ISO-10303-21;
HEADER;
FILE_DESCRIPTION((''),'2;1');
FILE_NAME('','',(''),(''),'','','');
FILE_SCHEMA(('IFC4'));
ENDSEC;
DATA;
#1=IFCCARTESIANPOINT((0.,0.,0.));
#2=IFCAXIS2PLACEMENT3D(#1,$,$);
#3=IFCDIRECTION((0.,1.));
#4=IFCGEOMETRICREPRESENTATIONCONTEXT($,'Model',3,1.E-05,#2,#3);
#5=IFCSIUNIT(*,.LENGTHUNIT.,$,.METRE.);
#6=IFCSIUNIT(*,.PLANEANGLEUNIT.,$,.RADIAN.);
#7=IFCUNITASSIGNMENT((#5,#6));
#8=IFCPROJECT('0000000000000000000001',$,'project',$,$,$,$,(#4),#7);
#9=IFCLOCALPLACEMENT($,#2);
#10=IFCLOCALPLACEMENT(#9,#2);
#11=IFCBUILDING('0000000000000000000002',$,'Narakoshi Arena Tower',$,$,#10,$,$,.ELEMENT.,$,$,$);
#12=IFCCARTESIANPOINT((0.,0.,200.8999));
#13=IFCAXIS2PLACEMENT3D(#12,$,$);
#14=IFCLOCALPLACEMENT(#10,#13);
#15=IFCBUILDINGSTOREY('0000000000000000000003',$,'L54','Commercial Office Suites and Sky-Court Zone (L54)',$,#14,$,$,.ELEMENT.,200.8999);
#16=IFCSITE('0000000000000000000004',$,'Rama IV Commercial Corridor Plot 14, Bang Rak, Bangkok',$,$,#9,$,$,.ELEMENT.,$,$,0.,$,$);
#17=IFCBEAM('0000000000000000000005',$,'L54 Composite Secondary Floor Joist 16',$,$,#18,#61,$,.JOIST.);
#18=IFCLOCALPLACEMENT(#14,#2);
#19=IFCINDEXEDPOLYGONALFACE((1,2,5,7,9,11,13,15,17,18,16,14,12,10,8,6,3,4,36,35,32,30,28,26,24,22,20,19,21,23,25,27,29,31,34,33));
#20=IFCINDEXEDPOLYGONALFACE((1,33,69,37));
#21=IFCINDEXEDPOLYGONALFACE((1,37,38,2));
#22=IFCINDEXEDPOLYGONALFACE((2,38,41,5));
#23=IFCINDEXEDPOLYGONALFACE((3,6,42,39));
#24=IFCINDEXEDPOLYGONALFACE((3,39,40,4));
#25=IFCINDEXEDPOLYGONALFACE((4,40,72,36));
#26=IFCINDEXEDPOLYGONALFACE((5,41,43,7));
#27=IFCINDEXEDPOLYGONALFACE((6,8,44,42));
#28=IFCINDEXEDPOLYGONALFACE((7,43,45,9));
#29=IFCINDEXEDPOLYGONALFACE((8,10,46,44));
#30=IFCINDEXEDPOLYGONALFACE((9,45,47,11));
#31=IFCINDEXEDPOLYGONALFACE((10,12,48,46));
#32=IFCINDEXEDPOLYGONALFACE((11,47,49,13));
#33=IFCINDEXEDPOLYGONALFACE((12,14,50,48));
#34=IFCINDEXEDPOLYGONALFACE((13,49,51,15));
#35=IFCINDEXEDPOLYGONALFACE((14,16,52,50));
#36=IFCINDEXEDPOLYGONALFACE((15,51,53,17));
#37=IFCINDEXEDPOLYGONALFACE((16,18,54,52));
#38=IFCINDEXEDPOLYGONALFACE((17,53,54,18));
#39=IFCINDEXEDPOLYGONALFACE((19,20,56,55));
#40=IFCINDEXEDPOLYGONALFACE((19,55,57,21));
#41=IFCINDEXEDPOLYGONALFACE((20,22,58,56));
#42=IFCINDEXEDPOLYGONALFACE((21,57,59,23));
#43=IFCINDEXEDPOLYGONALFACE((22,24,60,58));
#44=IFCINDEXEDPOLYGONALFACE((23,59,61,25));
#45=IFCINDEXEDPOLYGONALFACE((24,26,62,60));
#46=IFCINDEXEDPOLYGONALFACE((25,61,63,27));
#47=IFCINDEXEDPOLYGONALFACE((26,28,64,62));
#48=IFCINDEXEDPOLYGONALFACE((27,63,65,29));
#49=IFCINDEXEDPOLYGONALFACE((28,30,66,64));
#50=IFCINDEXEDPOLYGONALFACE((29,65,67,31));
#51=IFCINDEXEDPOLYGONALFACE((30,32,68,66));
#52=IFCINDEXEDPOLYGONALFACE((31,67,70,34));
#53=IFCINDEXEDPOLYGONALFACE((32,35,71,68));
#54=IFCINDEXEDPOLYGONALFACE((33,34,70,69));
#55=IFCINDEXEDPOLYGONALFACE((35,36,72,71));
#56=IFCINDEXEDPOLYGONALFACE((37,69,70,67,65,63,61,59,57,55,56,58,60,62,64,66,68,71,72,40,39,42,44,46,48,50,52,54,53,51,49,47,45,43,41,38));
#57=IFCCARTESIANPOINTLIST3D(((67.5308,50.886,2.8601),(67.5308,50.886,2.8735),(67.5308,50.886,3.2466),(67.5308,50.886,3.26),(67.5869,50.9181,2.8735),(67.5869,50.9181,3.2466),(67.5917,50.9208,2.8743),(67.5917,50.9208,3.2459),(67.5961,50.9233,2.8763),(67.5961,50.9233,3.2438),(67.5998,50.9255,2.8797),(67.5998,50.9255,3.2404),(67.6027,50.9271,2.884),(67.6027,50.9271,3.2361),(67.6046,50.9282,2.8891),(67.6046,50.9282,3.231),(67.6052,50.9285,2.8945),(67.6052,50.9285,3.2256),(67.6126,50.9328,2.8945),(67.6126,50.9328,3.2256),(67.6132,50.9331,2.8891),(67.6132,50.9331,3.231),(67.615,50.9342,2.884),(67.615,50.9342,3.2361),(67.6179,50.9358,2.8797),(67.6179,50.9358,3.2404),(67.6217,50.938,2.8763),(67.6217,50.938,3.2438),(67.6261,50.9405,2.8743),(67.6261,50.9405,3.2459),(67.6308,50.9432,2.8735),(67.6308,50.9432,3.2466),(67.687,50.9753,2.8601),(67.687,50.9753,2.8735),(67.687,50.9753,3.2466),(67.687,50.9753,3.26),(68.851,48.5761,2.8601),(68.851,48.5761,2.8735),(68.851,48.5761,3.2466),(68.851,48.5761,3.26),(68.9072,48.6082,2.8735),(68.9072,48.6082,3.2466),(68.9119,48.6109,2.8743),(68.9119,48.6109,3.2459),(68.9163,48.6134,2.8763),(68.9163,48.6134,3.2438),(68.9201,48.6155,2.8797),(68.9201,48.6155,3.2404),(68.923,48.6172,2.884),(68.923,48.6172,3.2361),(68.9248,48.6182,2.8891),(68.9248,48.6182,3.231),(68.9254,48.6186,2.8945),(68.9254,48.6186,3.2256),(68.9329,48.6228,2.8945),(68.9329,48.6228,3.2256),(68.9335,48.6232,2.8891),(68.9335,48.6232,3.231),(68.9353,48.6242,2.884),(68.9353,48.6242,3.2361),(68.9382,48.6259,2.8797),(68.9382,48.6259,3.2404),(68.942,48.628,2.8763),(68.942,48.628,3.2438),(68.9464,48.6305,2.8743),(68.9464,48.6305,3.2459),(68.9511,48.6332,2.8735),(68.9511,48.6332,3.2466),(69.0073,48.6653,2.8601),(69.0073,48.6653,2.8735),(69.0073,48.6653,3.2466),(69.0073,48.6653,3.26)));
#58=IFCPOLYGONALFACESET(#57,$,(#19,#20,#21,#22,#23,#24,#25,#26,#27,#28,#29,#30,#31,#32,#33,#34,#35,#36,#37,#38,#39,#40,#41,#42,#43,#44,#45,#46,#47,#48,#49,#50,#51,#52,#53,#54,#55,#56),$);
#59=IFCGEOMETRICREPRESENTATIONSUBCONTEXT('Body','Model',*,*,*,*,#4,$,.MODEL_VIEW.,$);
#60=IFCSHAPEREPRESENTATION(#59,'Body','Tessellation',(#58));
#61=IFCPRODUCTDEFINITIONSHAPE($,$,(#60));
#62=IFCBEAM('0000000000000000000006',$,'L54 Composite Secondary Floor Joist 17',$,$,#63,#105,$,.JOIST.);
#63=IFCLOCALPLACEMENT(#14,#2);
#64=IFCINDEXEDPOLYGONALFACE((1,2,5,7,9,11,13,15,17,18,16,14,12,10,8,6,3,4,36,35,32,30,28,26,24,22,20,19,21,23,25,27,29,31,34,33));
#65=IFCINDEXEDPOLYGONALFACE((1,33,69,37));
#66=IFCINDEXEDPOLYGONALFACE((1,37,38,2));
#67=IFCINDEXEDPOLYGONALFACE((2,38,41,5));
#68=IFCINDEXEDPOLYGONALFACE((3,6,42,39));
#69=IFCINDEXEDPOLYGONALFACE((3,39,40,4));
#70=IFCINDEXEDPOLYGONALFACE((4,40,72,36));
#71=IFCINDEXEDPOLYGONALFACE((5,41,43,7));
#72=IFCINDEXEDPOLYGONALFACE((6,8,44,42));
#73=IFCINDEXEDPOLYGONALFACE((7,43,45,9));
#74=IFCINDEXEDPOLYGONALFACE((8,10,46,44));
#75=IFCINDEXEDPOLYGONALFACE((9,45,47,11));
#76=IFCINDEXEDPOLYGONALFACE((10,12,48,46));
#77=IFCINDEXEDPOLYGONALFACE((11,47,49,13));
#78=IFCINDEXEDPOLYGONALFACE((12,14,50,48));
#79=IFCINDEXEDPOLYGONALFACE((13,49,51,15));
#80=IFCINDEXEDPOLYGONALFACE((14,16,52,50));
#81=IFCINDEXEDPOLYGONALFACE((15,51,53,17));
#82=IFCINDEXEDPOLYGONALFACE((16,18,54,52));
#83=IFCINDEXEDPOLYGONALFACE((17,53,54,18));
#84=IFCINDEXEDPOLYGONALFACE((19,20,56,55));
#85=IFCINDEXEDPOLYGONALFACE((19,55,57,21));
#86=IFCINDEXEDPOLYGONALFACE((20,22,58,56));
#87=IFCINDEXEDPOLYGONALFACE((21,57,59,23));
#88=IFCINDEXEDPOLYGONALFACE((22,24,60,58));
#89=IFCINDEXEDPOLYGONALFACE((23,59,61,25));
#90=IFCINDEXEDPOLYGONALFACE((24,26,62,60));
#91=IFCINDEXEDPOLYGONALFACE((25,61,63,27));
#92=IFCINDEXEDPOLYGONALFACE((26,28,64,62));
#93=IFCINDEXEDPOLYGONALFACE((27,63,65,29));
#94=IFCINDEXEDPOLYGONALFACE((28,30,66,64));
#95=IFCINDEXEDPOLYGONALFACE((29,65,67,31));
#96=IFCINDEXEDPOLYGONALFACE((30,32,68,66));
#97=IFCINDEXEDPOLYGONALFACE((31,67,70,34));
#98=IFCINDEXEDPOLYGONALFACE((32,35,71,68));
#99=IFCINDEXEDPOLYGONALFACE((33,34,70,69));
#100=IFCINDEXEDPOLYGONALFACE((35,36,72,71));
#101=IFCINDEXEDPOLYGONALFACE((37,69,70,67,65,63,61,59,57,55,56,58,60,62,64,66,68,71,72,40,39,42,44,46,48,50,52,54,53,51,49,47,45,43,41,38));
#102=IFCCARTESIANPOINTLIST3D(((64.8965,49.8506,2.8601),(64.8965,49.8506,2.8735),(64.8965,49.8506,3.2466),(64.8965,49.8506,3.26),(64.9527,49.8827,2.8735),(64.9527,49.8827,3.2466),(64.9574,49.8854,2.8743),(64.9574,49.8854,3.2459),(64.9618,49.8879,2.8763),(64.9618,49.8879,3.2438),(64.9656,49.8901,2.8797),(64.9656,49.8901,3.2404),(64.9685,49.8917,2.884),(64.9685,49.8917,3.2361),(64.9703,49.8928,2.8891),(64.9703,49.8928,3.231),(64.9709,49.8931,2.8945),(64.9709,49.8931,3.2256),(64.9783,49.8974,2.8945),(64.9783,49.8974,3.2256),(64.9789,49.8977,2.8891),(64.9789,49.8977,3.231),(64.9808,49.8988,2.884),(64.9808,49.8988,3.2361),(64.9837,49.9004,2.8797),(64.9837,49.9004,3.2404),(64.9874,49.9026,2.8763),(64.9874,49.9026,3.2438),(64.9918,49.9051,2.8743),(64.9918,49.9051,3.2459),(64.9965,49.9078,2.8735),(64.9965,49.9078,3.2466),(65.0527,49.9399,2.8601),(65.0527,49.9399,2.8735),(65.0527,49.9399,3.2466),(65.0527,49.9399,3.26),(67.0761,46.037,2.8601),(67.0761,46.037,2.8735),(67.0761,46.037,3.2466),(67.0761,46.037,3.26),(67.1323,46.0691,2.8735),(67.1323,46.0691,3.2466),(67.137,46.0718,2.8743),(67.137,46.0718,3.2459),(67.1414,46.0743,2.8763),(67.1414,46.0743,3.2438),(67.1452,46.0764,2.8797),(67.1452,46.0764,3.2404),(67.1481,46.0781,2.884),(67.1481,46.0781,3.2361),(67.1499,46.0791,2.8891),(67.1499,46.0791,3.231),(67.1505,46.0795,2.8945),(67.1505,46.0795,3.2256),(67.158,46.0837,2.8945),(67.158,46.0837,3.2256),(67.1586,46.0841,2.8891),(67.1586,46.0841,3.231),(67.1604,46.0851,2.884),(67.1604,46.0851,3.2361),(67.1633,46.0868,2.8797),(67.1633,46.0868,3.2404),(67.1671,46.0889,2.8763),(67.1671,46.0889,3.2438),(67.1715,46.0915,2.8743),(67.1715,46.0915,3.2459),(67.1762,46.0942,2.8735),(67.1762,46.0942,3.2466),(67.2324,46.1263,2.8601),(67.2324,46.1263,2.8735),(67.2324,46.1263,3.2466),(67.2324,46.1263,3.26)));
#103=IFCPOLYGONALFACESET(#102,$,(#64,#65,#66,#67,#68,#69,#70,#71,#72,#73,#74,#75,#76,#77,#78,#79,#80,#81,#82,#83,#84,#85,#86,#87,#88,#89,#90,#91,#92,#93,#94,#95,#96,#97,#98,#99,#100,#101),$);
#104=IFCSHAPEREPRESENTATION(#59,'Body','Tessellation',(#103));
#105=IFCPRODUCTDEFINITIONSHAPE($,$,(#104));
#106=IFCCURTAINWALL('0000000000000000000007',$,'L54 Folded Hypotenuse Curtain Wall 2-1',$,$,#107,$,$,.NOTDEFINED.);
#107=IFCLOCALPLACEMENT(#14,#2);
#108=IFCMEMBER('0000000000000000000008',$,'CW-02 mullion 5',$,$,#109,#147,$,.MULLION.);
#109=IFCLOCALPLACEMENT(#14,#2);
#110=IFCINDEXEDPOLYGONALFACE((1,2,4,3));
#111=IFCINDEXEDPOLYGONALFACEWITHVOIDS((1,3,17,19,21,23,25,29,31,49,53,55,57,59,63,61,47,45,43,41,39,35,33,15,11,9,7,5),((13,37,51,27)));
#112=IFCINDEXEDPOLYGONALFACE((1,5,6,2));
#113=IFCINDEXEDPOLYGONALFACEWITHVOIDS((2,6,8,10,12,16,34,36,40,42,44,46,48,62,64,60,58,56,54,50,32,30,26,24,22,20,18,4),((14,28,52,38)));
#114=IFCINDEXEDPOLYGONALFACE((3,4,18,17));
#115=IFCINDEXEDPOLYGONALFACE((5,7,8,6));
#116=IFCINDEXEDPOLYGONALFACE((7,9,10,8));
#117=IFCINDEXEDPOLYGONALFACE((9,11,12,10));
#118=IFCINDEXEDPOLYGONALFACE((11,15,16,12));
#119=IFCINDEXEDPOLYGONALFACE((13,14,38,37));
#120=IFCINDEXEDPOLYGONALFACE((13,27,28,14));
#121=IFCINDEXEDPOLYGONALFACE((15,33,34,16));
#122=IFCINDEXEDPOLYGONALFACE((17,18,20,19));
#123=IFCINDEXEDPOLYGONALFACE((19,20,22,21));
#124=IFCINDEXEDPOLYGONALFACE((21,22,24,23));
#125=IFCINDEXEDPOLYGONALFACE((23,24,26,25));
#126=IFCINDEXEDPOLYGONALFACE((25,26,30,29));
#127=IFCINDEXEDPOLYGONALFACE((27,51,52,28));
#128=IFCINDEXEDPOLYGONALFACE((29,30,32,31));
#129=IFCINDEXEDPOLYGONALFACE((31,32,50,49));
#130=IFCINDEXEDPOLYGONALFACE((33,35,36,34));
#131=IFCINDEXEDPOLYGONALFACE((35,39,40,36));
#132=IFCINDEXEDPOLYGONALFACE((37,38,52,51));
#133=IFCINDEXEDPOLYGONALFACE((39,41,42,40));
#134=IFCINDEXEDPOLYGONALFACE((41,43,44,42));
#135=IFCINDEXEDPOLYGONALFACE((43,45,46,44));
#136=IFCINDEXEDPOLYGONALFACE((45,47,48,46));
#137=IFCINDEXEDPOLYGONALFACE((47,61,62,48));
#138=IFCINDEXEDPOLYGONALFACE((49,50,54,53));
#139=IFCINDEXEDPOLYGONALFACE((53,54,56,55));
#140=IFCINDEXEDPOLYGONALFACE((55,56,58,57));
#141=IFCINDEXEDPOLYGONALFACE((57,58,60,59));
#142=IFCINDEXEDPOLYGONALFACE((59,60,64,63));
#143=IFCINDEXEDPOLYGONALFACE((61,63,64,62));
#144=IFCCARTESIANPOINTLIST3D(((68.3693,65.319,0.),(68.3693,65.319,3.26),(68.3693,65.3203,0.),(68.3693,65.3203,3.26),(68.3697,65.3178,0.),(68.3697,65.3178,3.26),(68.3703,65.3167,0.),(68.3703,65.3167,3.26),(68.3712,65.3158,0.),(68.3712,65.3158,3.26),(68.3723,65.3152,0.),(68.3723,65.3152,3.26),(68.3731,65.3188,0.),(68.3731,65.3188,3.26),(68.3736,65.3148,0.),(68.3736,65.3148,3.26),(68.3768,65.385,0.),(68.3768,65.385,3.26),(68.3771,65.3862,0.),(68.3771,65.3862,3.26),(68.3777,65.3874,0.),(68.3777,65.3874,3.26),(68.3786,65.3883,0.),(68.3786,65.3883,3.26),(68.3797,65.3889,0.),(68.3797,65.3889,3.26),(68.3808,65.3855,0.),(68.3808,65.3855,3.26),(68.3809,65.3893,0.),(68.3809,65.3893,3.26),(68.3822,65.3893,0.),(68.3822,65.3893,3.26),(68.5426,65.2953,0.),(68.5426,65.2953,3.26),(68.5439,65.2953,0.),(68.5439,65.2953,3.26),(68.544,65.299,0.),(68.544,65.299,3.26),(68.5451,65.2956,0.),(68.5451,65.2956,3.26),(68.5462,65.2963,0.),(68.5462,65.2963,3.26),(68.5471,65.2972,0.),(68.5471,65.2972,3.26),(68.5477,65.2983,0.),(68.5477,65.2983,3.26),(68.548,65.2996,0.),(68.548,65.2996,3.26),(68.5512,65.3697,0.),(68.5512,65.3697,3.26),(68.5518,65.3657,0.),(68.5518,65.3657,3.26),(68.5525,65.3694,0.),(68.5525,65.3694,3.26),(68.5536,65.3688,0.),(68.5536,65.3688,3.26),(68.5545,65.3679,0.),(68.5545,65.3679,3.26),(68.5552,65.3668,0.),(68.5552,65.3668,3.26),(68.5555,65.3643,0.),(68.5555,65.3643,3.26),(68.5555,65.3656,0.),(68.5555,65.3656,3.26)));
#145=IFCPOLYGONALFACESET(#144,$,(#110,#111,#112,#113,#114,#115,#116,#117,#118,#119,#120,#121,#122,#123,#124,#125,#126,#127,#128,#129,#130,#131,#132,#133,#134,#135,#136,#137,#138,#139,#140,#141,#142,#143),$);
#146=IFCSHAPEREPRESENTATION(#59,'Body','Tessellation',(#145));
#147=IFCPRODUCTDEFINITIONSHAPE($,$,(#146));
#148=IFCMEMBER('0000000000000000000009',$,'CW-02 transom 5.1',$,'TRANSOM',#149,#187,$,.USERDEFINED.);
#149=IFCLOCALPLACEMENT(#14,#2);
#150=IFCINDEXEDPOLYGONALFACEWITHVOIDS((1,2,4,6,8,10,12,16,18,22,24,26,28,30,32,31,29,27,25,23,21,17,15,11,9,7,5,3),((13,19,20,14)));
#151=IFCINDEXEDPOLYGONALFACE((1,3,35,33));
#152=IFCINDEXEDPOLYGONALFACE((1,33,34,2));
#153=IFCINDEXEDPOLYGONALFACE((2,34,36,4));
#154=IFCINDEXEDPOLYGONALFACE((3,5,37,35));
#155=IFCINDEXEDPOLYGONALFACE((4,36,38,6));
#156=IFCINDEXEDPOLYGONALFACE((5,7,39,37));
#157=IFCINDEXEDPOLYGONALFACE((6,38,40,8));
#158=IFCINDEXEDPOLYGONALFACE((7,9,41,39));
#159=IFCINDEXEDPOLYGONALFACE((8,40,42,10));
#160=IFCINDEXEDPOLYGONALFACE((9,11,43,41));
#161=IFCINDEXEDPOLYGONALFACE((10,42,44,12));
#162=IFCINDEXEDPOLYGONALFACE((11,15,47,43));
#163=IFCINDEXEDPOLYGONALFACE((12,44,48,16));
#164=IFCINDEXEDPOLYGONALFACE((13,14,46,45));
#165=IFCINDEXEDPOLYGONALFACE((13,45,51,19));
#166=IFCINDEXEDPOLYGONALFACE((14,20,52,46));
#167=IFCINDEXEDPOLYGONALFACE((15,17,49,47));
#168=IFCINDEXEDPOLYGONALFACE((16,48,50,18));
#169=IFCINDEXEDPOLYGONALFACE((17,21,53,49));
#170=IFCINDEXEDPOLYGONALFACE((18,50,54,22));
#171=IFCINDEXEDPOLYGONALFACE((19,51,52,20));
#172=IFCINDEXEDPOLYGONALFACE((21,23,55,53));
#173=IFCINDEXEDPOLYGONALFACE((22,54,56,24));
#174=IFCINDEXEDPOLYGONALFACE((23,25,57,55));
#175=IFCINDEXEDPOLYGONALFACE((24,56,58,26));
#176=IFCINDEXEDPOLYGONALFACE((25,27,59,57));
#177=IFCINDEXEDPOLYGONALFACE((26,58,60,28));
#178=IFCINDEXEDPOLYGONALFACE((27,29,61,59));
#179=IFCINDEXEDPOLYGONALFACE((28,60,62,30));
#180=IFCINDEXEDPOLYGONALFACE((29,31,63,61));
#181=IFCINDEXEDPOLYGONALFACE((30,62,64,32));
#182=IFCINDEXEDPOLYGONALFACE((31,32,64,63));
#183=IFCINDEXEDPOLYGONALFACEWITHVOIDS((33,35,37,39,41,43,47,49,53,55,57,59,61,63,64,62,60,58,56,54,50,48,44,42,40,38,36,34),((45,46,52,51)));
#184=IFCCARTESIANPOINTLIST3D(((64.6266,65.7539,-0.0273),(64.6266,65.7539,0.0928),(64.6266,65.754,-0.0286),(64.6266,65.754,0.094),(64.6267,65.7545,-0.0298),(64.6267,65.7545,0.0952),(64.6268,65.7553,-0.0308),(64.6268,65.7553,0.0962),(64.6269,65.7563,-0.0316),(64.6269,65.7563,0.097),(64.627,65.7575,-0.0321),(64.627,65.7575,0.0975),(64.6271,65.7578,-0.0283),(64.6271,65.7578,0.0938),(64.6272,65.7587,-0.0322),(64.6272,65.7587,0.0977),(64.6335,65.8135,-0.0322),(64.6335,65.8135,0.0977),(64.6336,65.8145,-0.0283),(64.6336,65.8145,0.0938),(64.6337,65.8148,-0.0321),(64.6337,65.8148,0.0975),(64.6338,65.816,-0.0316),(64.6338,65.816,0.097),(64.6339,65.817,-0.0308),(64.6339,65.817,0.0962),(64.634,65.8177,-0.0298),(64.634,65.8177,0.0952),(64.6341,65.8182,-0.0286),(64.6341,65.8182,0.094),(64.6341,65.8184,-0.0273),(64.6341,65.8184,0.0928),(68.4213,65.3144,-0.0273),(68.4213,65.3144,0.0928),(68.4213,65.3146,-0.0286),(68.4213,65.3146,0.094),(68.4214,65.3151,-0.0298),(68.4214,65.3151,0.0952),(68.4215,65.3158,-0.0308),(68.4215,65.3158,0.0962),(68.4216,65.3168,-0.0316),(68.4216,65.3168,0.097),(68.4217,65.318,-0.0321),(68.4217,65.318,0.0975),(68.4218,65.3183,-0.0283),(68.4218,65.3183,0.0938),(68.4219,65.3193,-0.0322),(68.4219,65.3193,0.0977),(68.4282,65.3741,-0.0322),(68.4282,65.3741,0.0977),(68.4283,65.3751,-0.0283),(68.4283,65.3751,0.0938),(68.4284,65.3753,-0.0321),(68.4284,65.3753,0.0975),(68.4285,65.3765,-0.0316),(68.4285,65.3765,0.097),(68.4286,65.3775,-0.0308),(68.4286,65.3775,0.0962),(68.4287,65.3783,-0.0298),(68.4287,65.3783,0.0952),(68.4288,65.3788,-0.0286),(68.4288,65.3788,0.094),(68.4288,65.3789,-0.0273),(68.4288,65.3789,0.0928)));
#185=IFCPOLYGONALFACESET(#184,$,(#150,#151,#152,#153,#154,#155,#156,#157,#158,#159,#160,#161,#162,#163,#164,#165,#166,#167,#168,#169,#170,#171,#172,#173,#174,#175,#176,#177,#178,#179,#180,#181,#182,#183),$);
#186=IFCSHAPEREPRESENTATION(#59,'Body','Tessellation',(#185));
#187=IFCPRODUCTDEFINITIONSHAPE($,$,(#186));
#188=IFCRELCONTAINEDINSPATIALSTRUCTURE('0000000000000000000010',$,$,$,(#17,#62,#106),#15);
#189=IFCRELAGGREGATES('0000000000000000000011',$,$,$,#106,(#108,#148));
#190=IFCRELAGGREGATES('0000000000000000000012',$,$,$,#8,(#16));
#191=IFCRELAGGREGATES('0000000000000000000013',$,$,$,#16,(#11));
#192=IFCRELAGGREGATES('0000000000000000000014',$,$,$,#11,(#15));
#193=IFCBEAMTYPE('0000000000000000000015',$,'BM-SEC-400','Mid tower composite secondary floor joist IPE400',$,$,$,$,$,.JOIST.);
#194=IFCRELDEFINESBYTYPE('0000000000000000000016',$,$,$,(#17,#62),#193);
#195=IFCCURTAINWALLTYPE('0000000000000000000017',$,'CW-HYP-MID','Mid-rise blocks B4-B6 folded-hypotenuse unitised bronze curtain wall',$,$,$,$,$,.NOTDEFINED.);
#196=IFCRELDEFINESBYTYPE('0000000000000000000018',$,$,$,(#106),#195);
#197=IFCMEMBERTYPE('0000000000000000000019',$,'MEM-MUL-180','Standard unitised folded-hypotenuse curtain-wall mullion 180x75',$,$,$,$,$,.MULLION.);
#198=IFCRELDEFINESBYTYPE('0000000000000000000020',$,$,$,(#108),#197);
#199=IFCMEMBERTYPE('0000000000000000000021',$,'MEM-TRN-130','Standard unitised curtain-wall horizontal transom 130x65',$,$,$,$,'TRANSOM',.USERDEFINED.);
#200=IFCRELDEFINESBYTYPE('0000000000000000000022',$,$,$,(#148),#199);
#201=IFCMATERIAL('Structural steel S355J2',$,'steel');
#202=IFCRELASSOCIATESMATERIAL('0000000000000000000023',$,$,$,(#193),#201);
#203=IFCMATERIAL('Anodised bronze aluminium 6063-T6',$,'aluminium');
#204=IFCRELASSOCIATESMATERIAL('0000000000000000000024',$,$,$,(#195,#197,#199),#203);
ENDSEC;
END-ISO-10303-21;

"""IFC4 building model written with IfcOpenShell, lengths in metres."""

from ifc_helpers import new_model, si_unit, direction, frame, origin, origin_2d, place, context, subcontext, project, spatial, hollow_rectangle, i_section, extrude, material, material_profile, profile_set, type_object, element, aggregate, save


model = new_model("IFC4")

# Units and contexts
model_context = context("Model", 3, precision=1e-05, world=origin(), true_north=direction((0.0, 1.0)))
body_context = subcontext(model_context, "Body", "Model", "MODEL_VIEW")
ifc_project = project(units=[si_unit("LENGTHUNIT", "METRE"), si_unit("PLANEANGLEUNIT", "RADIAN")], contexts=[model_context])

# Site, building, storey
site_placement = place(None, origin())
site = spatial("IfcSite", under=ifc_project, at=site_placement, Name="Rama IV Commercial Corridor Plot 14, Bang Rak, Bangkok", CompositionType="ELEMENT", RefElevation=0.0)
building_placement = place(site_placement, origin())
building = spatial("IfcBuilding", under=site, at=building_placement, Name="Narakoshi Arena Tower", CompositionType="ELEMENT")
storey_placement = place(building_placement, frame((0.0, 0.0, 200.8999)))
storey = spatial("IfcBuildingStorey", under=building, at=storey_placement, Name="L54", Description="Commercial Office Suites and Sky-Court Zone (L54)", CompositionType="ELEMENT", Elevation=200.8999)

# Beams
ifc_material_1 = material(Name="Structural steel S355J2", Category="steel")
ifc_material_profile_1 = material_profile(ifc_material_1, i_section(OverallWidth=0.1799, OverallDepth=0.3999, WebThickness=0.0085, FlangeThickness=0.0134, FilletRadius=0.021, at=origin_2d()), Name="IPE400")
ifc_profile_set_1 = profile_set([ifc_material_profile_1], Name="Structural steel S355J2")
beam_type_1 = type_object("IfcBeamType", Name="BM-SEC-400", Description="Mid tower composite secondary floor joist IPE400", PredefinedType="JOIST", material=ifc_profile_set_1)
beam_1_placement = place(storey_placement, frame((67.6089, 50.9307, 3.0601), z_axis=(0.496218, -0.868198, 0.0), x_axis=(0.868198, 0.496218, 0.0)))
element("IfcBeam", 1, at=beam_1_placement, inside=storey, type_object=beam_type_1, Name="L54 Composite Secondary Floor Joist 16", PredefinedType="JOIST", context=body_context, shape_type="SweptSolid", body=[
    extrude(i_section(OverallWidth=0.1799, OverallDepth=0.3999, WebThickness=0.0085, FlangeThickness=0.0134, FilletRadius=0.021, at=origin_2d()), origin(), (0.0, 0.0, 1.0), 2.6606),
])
beam_2_placement = place(storey_placement, frame((64.9746, 49.8953, 3.0601), z_axis=(0.496211, -0.868202, 0.0), x_axis=(0.868202, 0.496211, 0.0)))
element("IfcBeam", 2, at=beam_2_placement, inside=storey, type_object=beam_type_1, Name="L54 Composite Secondary Floor Joist 17", PredefinedType="JOIST", context=body_context, shape_type="SweptSolid", body=[
    extrude(i_section(OverallWidth=0.1799, OverallDepth=0.3999, WebThickness=0.0085, FlangeThickness=0.0134, FilletRadius=0.021, at=origin_2d()), origin(), (0.0, 0.0, 1.0), 4.3926),
])

# Curtain wall, members
ifc_material_2 = material(Name="Anodised bronze aluminium 6063-T6", Category="aluminium")
curtain_wall_type = type_object("IfcCurtainWallType", Name="CW-HYP-MID", Description="Mid-rise blocks B4-B6 folded-hypotenuse unitised bronze curtain wall", PredefinedType="NOTDEFINED", material=ifc_material_2)
curtain_wall_placement = place(storey_placement, origin())
curtain_wall = element("IfcCurtainWall", 3, at=curtain_wall_placement, inside=storey, type_object=curtain_wall_type, Name="L54 Folded Hypotenuse Curtain Wall 2-1", PredefinedType="NOTDEFINED")
ifc_material_profile_2 = material_profile(ifc_material_2, hollow_rectangle(XDim=0.075, YDim=0.1799, WallThickness=0.0039, OuterFilletRadius=0.0049, at=origin_2d()), Name="MUL180x75x4")
ifc_profile_set_2 = profile_set([ifc_material_profile_2], Name="Anodised bronze aluminium 6063-T6")
member_type_1 = type_object("IfcMemberType", Name="MEM-MUL-180", Description="Standard unitised folded-hypotenuse curtain-wall mullion 180x75", PredefinedType="MULLION", material=ifc_profile_set_2)
member_1_placement = place(storey_placement, frame((68.4624, 65.3423, 0.0), z_axis=(0.0, 0.0, 1.0), x_axis=(-0.115011, -0.993364, 0.0)))
member_1 = element("IfcMember", 4, at=member_1_placement, type_object=member_type_1, Name="CW-02 mullion 5", PredefinedType="MULLION", context=body_context, shape_type="SweptSolid", body=[
    extrude(hollow_rectangle(XDim=0.075, YDim=0.1799, WallThickness=0.0039, OuterFilletRadius=0.0049, at=origin_2d()), origin(), (0.0, 0.0, 1.0), 3.26),
])
ifc_material_profile_3 = material_profile(ifc_material_2, hollow_rectangle(XDim=0.0649, YDim=0.1299, WallThickness=0.0039, OuterFilletRadius=0.0049, at=origin_2d()), Name="TRN130x65x4")
ifc_profile_set_3 = profile_set([ifc_material_profile_3], Name="Anodised bronze aluminium 6063-T6")
member_type_2 = type_object("IfcMemberType", Name="MEM-TRN-130", Description="Standard unitised curtain-wall horizontal transom 130x65", ElementType="TRANSOM", PredefinedType="USERDEFINED", material=ifc_profile_set_3)
member_2_placement = place(storey_placement, frame((68.425, 65.3467, 0.0327), z_axis=(-0.993361, 0.115039, 0.0), x_axis=(-0.115039, -0.993361, 0.0)))
member_2 = element("IfcMember", 5, at=member_2_placement, type_object=member_type_2, Name="CW-02 transom 5.1", ObjectType="TRANSOM", PredefinedType="USERDEFINED", context=body_context, shape_type="SweptSolid", body=[
    extrude(hollow_rectangle(XDim=0.0649, YDim=0.1299, WallThickness=0.0039, OuterFilletRadius=0.0049, at=origin_2d()), origin(), (0.0, 0.0, 1.0), 3.8201),
])
aggregate(curtain_wall, [member_1, member_2])

save(model, "model.ifc")
